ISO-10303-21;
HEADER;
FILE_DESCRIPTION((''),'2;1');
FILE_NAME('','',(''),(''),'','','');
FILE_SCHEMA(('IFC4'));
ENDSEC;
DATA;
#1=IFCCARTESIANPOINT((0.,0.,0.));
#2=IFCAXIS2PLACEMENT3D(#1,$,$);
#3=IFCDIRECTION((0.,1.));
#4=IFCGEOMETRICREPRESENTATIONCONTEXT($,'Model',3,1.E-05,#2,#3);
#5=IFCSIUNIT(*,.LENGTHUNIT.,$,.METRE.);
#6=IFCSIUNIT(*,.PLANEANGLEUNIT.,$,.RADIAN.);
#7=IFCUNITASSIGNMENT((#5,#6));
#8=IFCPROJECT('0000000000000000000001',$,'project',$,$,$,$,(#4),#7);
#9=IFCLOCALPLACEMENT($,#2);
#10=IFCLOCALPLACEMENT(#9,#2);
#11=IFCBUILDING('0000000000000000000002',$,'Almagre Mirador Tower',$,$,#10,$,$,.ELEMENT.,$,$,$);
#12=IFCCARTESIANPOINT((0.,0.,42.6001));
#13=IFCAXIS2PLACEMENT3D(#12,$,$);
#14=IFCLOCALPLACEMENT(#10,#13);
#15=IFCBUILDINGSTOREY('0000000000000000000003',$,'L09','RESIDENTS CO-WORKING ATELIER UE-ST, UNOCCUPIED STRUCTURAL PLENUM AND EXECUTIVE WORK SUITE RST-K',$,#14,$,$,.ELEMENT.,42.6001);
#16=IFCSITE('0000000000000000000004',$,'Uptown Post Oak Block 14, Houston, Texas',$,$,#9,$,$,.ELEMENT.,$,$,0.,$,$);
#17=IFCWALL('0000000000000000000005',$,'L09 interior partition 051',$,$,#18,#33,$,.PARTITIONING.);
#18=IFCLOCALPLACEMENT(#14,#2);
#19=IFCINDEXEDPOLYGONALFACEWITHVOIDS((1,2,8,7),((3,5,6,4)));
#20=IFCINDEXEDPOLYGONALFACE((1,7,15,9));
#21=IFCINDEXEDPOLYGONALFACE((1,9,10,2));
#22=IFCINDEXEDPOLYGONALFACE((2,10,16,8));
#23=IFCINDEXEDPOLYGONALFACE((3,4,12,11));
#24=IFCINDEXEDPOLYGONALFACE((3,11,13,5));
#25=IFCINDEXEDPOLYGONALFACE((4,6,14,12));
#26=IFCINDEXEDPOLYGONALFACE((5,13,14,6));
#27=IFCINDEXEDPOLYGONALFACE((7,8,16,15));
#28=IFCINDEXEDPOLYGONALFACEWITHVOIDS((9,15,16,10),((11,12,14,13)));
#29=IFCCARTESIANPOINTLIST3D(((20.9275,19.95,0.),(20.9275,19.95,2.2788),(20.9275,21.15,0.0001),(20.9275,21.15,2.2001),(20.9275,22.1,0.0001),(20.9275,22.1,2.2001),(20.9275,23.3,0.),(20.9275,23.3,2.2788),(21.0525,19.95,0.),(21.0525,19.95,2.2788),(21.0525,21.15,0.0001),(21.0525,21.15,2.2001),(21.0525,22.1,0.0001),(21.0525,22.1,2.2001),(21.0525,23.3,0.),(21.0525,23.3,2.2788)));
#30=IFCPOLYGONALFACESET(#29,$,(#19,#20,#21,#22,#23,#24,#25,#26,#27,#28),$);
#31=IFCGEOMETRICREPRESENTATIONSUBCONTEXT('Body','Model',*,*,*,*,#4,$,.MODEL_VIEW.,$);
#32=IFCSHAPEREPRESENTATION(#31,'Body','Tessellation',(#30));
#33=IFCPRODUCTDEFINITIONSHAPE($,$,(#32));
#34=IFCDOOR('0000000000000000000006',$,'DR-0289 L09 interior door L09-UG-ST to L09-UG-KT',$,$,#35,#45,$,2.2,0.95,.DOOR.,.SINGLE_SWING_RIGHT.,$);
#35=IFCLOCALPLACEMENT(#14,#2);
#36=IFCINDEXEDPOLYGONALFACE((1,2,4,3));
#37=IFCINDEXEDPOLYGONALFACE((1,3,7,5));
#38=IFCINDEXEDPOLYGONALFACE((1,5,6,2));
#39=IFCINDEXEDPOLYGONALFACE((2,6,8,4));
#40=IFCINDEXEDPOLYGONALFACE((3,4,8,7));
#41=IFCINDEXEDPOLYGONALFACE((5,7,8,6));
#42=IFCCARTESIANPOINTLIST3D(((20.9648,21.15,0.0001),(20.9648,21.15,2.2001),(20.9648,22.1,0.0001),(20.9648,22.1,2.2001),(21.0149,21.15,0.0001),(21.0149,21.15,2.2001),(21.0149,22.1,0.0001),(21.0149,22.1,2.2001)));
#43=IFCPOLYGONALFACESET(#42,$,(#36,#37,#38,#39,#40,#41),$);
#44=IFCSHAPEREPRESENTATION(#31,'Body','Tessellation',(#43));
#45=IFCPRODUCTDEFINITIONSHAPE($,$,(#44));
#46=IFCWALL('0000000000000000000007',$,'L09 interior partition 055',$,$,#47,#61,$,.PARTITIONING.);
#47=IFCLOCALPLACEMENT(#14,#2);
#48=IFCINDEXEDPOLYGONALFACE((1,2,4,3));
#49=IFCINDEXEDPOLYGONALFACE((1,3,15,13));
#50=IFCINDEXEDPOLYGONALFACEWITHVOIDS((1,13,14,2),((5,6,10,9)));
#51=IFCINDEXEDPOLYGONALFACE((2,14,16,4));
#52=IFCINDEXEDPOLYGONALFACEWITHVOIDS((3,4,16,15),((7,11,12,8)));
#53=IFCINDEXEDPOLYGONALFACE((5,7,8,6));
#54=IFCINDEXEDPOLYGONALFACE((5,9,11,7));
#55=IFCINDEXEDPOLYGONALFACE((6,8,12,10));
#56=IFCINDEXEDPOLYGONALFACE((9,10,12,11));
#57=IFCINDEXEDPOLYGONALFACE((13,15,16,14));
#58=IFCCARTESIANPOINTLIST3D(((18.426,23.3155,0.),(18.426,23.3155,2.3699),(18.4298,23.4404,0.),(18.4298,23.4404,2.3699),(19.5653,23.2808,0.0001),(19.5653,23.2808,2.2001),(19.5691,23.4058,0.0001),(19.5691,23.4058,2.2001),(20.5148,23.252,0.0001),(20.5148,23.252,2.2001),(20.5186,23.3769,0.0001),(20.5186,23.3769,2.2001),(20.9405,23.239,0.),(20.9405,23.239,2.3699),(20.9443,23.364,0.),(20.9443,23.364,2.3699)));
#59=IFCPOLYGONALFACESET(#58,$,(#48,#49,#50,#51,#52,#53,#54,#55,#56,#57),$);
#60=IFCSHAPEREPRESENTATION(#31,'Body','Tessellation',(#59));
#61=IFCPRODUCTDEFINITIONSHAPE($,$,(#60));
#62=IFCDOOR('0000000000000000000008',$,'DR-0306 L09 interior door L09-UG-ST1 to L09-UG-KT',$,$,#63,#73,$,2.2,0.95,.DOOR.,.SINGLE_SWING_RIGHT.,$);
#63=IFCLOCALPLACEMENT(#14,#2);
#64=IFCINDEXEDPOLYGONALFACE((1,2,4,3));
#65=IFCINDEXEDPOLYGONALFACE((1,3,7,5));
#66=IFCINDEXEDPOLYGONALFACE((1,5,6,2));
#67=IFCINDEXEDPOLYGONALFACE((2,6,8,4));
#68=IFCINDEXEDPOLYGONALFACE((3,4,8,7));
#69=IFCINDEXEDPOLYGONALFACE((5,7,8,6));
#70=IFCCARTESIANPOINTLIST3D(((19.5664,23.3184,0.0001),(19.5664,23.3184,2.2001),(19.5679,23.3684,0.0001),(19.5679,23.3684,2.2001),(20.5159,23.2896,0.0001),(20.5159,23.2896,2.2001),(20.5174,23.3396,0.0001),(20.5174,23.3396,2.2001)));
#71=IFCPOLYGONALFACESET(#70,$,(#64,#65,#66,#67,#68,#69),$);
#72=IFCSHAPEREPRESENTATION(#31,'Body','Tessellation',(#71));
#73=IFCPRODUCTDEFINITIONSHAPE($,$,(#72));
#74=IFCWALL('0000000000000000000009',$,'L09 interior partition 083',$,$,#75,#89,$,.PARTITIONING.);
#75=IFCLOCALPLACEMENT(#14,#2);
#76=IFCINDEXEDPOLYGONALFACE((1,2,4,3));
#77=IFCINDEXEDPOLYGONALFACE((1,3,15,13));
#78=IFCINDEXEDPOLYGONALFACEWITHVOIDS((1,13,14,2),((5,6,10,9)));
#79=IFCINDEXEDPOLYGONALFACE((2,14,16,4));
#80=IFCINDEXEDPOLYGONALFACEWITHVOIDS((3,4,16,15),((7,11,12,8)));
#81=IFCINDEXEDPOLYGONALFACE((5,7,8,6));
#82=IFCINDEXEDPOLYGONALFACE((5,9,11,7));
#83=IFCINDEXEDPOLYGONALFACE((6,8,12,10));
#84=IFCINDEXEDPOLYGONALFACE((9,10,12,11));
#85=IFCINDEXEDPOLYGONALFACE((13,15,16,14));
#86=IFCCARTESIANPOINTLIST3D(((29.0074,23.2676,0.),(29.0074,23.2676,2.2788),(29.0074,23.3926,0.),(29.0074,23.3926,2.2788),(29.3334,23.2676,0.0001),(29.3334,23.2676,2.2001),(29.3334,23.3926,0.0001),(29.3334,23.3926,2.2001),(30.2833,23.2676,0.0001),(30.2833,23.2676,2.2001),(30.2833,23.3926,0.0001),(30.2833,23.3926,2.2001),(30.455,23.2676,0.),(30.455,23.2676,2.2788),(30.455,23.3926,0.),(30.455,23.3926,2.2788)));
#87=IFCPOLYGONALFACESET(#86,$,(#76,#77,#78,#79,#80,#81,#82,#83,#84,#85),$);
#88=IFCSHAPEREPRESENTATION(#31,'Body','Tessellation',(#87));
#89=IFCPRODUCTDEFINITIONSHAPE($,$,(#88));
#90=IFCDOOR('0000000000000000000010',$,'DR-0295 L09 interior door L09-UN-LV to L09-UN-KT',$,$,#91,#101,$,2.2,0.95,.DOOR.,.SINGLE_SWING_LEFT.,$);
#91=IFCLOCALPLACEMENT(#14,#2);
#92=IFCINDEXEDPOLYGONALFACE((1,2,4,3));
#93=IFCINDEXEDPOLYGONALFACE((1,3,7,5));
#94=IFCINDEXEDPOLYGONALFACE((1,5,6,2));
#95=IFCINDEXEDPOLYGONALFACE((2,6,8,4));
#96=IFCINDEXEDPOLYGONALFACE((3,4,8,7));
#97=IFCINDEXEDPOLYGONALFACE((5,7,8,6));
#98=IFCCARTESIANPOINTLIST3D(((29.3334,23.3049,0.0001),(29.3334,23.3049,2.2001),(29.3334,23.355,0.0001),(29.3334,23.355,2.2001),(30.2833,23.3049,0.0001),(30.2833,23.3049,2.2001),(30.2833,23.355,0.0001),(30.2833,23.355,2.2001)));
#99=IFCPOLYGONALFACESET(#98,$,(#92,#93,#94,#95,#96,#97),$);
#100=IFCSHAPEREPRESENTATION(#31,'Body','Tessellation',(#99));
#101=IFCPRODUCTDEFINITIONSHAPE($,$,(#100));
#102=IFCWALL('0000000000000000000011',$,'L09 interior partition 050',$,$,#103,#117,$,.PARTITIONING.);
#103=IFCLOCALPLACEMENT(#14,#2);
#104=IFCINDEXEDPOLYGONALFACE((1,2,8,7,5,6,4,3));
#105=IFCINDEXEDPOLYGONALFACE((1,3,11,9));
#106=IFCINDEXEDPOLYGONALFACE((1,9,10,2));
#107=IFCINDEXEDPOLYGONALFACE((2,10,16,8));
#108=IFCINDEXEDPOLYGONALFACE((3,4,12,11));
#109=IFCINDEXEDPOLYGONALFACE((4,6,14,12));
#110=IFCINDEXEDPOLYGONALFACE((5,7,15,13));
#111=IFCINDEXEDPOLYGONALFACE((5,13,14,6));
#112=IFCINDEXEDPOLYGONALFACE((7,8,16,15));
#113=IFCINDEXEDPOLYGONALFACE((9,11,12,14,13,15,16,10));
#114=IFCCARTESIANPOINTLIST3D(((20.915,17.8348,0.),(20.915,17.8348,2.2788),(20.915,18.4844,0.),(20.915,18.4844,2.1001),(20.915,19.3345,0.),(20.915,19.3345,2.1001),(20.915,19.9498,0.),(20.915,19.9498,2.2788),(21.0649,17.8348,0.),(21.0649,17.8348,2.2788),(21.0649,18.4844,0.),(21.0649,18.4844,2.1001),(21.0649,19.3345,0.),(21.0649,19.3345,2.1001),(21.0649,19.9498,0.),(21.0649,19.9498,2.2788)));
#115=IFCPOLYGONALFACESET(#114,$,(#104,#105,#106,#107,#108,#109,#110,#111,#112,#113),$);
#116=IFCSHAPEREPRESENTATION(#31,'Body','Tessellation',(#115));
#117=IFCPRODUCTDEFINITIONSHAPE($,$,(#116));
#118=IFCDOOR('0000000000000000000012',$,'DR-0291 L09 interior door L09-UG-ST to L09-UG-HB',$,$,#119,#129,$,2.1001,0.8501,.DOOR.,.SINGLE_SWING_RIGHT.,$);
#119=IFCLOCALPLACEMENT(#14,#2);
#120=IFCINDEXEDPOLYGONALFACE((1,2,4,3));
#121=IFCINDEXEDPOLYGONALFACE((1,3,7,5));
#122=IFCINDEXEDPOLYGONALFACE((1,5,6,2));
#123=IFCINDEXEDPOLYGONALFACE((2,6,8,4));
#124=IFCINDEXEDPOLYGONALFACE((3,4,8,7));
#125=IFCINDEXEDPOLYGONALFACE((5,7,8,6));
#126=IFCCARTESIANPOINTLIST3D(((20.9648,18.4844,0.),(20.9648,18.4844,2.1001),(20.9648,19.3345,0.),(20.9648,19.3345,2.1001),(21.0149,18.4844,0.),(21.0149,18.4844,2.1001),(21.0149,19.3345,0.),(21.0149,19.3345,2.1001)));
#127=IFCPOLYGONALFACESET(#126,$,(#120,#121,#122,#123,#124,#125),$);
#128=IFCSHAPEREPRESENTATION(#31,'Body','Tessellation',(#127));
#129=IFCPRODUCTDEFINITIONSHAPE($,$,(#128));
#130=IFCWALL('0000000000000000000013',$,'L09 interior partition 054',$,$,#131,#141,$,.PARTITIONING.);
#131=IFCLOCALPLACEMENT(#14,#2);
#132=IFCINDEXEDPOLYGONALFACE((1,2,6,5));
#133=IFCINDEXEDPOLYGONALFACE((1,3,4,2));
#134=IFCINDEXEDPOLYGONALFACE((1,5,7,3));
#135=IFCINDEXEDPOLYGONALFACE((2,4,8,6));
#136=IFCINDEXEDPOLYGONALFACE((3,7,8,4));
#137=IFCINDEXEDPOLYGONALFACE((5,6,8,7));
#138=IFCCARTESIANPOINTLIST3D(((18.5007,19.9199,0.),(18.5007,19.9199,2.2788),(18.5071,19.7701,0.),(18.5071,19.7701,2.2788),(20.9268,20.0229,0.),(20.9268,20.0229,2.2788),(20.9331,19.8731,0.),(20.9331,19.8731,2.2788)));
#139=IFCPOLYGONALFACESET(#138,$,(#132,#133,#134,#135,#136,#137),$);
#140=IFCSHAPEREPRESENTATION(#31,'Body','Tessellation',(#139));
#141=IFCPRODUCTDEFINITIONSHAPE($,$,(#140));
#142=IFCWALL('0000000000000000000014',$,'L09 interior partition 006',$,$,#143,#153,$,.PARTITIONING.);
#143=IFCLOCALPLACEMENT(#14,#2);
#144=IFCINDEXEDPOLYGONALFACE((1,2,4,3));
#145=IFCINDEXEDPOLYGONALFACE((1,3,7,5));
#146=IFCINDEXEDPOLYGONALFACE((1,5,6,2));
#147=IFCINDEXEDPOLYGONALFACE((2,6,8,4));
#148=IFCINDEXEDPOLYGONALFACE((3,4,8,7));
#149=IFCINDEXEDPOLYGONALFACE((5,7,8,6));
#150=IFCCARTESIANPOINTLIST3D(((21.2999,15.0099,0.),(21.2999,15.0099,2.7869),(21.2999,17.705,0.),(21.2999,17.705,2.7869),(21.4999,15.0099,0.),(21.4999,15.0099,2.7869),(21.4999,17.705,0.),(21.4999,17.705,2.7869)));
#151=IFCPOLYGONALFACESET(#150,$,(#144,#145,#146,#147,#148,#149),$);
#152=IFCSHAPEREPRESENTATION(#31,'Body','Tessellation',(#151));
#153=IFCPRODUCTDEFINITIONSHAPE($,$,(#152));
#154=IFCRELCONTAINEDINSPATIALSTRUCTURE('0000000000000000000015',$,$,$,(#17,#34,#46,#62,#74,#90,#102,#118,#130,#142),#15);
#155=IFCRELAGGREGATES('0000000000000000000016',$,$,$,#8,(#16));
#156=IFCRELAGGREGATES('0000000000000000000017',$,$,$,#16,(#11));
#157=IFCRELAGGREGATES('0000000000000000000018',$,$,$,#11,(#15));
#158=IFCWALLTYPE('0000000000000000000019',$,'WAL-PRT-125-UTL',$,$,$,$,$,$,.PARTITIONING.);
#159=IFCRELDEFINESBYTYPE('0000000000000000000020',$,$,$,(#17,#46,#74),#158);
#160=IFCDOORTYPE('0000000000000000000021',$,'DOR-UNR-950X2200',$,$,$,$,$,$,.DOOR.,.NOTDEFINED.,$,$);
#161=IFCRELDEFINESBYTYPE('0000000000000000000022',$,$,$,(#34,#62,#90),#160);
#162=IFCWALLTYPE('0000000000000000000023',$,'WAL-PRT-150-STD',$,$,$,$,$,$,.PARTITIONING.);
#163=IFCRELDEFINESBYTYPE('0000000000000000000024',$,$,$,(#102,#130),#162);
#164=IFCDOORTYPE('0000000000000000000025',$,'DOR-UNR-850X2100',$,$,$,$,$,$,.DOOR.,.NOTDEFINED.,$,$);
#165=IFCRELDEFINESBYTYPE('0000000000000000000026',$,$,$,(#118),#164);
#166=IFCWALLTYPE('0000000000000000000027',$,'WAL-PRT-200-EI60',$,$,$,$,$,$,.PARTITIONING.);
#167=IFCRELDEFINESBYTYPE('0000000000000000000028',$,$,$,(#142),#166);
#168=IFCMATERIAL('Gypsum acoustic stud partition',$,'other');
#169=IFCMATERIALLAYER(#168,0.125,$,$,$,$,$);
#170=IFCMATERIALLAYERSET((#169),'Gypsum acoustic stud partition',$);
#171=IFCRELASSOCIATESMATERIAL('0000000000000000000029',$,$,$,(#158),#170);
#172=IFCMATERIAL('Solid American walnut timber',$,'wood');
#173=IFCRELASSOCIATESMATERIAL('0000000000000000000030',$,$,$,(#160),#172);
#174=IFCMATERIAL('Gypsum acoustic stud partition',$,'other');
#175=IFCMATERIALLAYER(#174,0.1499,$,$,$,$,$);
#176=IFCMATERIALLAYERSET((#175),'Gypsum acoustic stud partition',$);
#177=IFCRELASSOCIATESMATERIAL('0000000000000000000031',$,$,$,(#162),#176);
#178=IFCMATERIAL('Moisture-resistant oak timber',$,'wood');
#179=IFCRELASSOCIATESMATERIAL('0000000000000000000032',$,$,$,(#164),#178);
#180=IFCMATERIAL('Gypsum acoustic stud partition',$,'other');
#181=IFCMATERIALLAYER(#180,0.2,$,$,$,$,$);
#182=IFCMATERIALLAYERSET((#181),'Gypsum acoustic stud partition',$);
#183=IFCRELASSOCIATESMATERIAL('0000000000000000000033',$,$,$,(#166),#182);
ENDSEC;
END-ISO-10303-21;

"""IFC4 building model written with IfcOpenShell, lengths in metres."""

from ifc_helpers import new_model, si_unit, direction, frame, frame_2d, origin, place, context, subcontext, project, spatial, rectangle, extrude, material, layer, layer_set, type_object, element, fill, save


model = new_model("IFC4")

# Units and contexts
model_context = context("Model", 3, precision=1e-05, world=origin(), true_north=direction((0.0, 1.0)))
body_context = subcontext(model_context, "Body", "Model", "MODEL_VIEW")
ifc_project = project(units=[si_unit("LENGTHUNIT", "METRE"), si_unit("PLANEANGLEUNIT", "RADIAN")], contexts=[model_context])

# Site, building, storey
site_placement = place(None, origin())
site = spatial("IfcSite", under=ifc_project, at=site_placement, Name="Uptown Post Oak Block 14, Houston, Texas", CompositionType="ELEMENT", RefElevation=0.0)
building_placement = place(site_placement, origin())
building = spatial("IfcBuilding", under=site, at=building_placement, Name="Almagre Mirador Tower", CompositionType="ELEMENT")
storey_placement = place(building_placement, frame((0.0, 0.0, 42.6001)))
storey = spatial("IfcBuildingStorey", under=building, at=storey_placement, Name="L09", Description="RESIDENTS CO-WORKING ATELIER UE-ST, UNOCCUPIED STRUCTURAL PLENUM AND EXECUTIVE WORK SUITE RST-K", CompositionType="ELEMENT", Elevation=42.6001)

# Walls, openings, doors
ifc_material_1 = material(Name="Gypsum acoustic stud partition", Category="other")
ifc_layer_1 = layer(ifc_material_1, 0.125)
ifc_layer_set_1 = layer_set([ifc_layer_1], Name="Gypsum acoustic stud partition")
wall_type_1 = type_object("IfcWallType", Name="WAL-PRT-125-UTL", PredefinedType="PARTITIONING", material=ifc_layer_set_1)
wall_1_placement = place(storey_placement, frame((20.99, 23.3, 0.0), z_axis=(0.0, 0.0, 1.0), x_axis=(0.0, -1.0, 0.0)))
wall_1 = element("IfcWall", 1, at=wall_1_placement, inside=storey, type_object=wall_type_1, Name="L09 interior partition 051", PredefinedType="PARTITIONING", context=body_context, shape_type="SweptSolid", body=[
    extrude(rectangle(XDim=3.3501, YDim=0.125, at=frame_2d((1.675, 0.0))), origin(), (0.0, 0.0, 1.0), 2.2788),
])
opening_1_placement = place(wall_1_placement, frame((1.2, 0.0, 0.0)))
opening_1 = element("IfcOpeningElement", 2, at=opening_1_placement, cuts=wall_1, PredefinedType="OPENING", context=body_context, shape_type="SweptSolid", body=[
    extrude(rectangle(XDim=0.95, YDim=2.2, at=frame_2d((0.4751, 1.1001))), frame((0.0, 0.0725, 0.0), z_axis=(0.0, -1.0, 0.0), x_axis=(1.0, 0.0, 0.0)), (0.0, 0.0, 1.0), 0.145),
])
ifc_material_2 = material(Name="Solid American walnut timber", Category="wood")
door_type_1 = type_object("IfcDoorType", Name="DOR-UNR-950X2200", OperationType="NOTDEFINED", PredefinedType="DOOR", material=ifc_material_2)
door_1_placement = place(opening_1_placement, origin())
door_1 = element("IfcDoor", 3, at=door_1_placement, inside=storey, type_object=door_type_1, Name="DR-0289 L09 interior door L09-UG-ST to L09-UG-KT", OperationType="SINGLE_SWING_RIGHT", OverallHeight=2.2, OverallWidth=0.95, PredefinedType="DOOR", context=body_context, shape_type="SweptSolid", body=[
    extrude(rectangle(XDim=0.95, YDim=2.2, at=frame_2d((0.4751, 1.1001))), frame((0.0, 0.0249, 0.0), z_axis=(0.0, -1.0, 0.0), x_axis=(1.0, 0.0, 0.0)), (0.0, 0.0, 1.0), 0.05),
])
fill(opening_1, door_1)
wall_2_placement = place(storey_placement, frame((20.9424, 23.3015, 0.0), z_axis=(0.0, 0.0, 1.0), x_axis=(-0.999539, 0.030377, 0.0)))
wall_2 = element("IfcWall", 4, at=wall_2_placement, inside=storey, type_object=wall_type_1, Name="L09 interior partition 055", PredefinedType="PARTITIONING", context=body_context, shape_type="SweptSolid", body=[
    extrude(rectangle(XDim=2.5156, YDim=0.125, at=frame_2d((1.2578, 0.0))), origin(), (0.0, 0.0, 1.0), 2.3699),
])
opening_2_placement = place(wall_2_placement, frame((0.4258, 0.0, 0.0)))
opening_2 = element("IfcOpeningElement", 5, at=opening_2_placement, cuts=wall_2, PredefinedType="OPENING", context=body_context, shape_type="SweptSolid", body=[
    extrude(rectangle(XDim=0.95, YDim=2.2, at=frame_2d((0.4751, 1.1001))), frame((0.0, 0.0725, 0.0), z_axis=(0.0, -1.0, 0.0), x_axis=(1.0, 0.0, 0.0)), (0.0, 0.0, 1.0), 0.145),
])
door_2_placement = place(opening_2_placement, origin())
door_2 = element("IfcDoor", 6, at=door_2_placement, inside=storey, type_object=door_type_1, Name="DR-0306 L09 interior door L09-UG-ST1 to L09-UG-KT", OperationType="SINGLE_SWING_RIGHT", OverallHeight=2.2, OverallWidth=0.95, PredefinedType="DOOR", context=body_context, shape_type="SweptSolid", body=[
    extrude(rectangle(XDim=0.95, YDim=2.2, at=frame_2d((0.4751, 1.1001))), frame((0.0, 0.0249, 0.0), z_axis=(0.0, -1.0, 0.0), x_axis=(1.0, 0.0, 0.0)), (0.0, 0.0, 1.0), 0.05),
])
fill(opening_2, door_2)
wall_3_placement = place(storey_placement, frame((29.0076, 23.3301, 0.0), z_axis=(0.0, 0.0, 1.0), x_axis=(1.0, 0.0, 0.0)))
wall_3 = element("IfcWall", 7, at=wall_3_placement, inside=storey, type_object=wall_type_1, Name="L09 interior partition 083", PredefinedType="PARTITIONING", context=body_context, shape_type="SweptSolid", body=[
    extrude(rectangle(XDim=1.4475, YDim=0.125, at=frame_2d((0.7236, 0.0))), origin(), (0.0, 0.0, 1.0), 2.2788),
])
opening_3_placement = place(wall_3_placement, frame((0.3257, 0.0, 0.0)))
opening_3 = element("IfcOpeningElement", 8, at=opening_3_placement, cuts=wall_3, PredefinedType="OPENING", context=body_context, shape_type="SweptSolid", body=[
    extrude(rectangle(XDim=0.95, YDim=2.2, at=frame_2d((0.4751, 1.1001))), frame((0.0, 0.0725, 0.0), z_axis=(0.0, -1.0, 0.0), x_axis=(1.0, 0.0, 0.0)), (0.0, 0.0, 1.0), 0.145),
])
door_3_placement = place(opening_3_placement, origin())
door_3 = element("IfcDoor", 9, at=door_3_placement, inside=storey, type_object=door_type_1, Name="DR-0295 L09 interior door L09-UN-LV to L09-UN-KT", OperationType="SINGLE_SWING_LEFT", OverallHeight=2.2, OverallWidth=0.95, PredefinedType="DOOR", context=body_context, shape_type="SweptSolid", body=[
    extrude(rectangle(XDim=0.95, YDim=2.2, at=frame_2d((0.4751, 1.1001))), frame((0.0, 0.0249, 0.0), z_axis=(0.0, -1.0, 0.0), x_axis=(1.0, 0.0, 0.0)), (0.0, 0.0, 1.0), 0.05),
])
fill(opening_3, door_3)
ifc_material_3 = material(Name="Gypsum acoustic stud partition", Category="other")
ifc_layer_2 = layer(ifc_material_3, 0.1499)
ifc_layer_set_2 = layer_set([ifc_layer_2], Name="Gypsum acoustic stud partition")
wall_type_2 = type_object("IfcWallType", Name="WAL-PRT-150-STD", PredefinedType="PARTITIONING", material=ifc_layer_set_2)
wall_4_placement = place(storey_placement, frame((20.99, 19.95, 0.0), z_axis=(0.0, 0.0, 1.0), x_axis=(0.0, -1.0, 0.0)))
wall_4 = element("IfcWall", 10, at=wall_4_placement, inside=storey, type_object=wall_type_2, Name="L09 interior partition 050", PredefinedType="PARTITIONING", context=body_context, shape_type="SweptSolid", body=[
    extrude(rectangle(XDim=2.115, YDim=0.1499, at=frame_2d((1.0576, 0.0))), origin(), (0.0, 0.0, 1.0), 2.2788),
])
opening_4_placement = place(wall_4_placement, frame((0.6155, 0.0, 0.0)))
opening_4 = element("IfcOpeningElement", 11, at=opening_4_placement, cuts=wall_4, PredefinedType="OPENING", context=body_context, shape_type="SweptSolid", body=[
    extrude(rectangle(XDim=0.8501, YDim=2.1001, at=frame_2d((0.425, 1.05))), frame((0.0, 0.085, 0.0), z_axis=(0.0, -1.0, 0.0), x_axis=(1.0, 0.0, 0.0)), (0.0, 0.0, 1.0), 0.1699),
])
ifc_material_4 = material(Name="Moisture-resistant oak timber", Category="wood")
door_type_2 = type_object("IfcDoorType", Name="DOR-UNR-850X2100", OperationType="NOTDEFINED", PredefinedType="DOOR", material=ifc_material_4)
door_4_placement = place(opening_4_placement, origin())
door_4 = element("IfcDoor", 12, at=door_4_placement, inside=storey, type_object=door_type_2, Name="DR-0291 L09 interior door L09-UG-ST to L09-UG-HB", OperationType="SINGLE_SWING_RIGHT", OverallHeight=2.1001, OverallWidth=0.8501, PredefinedType="DOOR", context=body_context, shape_type="SweptSolid", body=[
    extrude(rectangle(XDim=0.8501, YDim=2.1001, at=frame_2d((0.425, 1.05))), frame((0.0, 0.0249, 0.0), z_axis=(0.0, -1.0, 0.0), x_axis=(1.0, 0.0, 0.0)), (0.0, 0.0, 1.0), 0.05),
])
fill(opening_4, door_4)

# Walls
wall_5_placement = place(storey_placement, frame((20.9299, 19.948, 0.0), z_axis=(0.0, 0.0, 1.0), x_axis=(-0.999099, -0.042429, 0.0)))
element("IfcWall", 13, at=wall_5_placement, inside=storey, type_object=wall_type_2, Name="L09 interior partition 054", PredefinedType="PARTITIONING", context=body_context, shape_type="SweptSolid", body=[
    extrude(rectangle(XDim=2.4282, YDim=0.1499, at=frame_2d((1.2141, 0.0))), origin(), (0.0, 0.0, 1.0), 2.2788),
])
ifc_material_5 = material(Name="Gypsum acoustic stud partition", Category="other")
ifc_layer_3 = layer(ifc_material_5, 0.2)
ifc_layer_set_3 = layer_set([ifc_layer_3], Name="Gypsum acoustic stud partition")
wall_type_3 = type_object("IfcWallType", Name="WAL-PRT-200-EI60", PredefinedType="PARTITIONING", material=ifc_layer_set_3)
wall_6_placement = place(storey_placement, frame((21.3999, 17.7051, 0.0), z_axis=(0.0, 0.0, 1.0), x_axis=(0.0, -1.0, 0.0)))
element("IfcWall", 14, at=wall_6_placement, inside=storey, type_object=wall_type_3, Name="L09 interior partition 006", PredefinedType="PARTITIONING", context=body_context, shape_type="SweptSolid", body=[
    extrude(rectangle(XDim=2.6951, YDim=0.2, at=frame_2d((1.3477, 0.0))), origin(), (0.0, 0.0, 1.0), 2.7869),
])

save(model, "model.ifc")
